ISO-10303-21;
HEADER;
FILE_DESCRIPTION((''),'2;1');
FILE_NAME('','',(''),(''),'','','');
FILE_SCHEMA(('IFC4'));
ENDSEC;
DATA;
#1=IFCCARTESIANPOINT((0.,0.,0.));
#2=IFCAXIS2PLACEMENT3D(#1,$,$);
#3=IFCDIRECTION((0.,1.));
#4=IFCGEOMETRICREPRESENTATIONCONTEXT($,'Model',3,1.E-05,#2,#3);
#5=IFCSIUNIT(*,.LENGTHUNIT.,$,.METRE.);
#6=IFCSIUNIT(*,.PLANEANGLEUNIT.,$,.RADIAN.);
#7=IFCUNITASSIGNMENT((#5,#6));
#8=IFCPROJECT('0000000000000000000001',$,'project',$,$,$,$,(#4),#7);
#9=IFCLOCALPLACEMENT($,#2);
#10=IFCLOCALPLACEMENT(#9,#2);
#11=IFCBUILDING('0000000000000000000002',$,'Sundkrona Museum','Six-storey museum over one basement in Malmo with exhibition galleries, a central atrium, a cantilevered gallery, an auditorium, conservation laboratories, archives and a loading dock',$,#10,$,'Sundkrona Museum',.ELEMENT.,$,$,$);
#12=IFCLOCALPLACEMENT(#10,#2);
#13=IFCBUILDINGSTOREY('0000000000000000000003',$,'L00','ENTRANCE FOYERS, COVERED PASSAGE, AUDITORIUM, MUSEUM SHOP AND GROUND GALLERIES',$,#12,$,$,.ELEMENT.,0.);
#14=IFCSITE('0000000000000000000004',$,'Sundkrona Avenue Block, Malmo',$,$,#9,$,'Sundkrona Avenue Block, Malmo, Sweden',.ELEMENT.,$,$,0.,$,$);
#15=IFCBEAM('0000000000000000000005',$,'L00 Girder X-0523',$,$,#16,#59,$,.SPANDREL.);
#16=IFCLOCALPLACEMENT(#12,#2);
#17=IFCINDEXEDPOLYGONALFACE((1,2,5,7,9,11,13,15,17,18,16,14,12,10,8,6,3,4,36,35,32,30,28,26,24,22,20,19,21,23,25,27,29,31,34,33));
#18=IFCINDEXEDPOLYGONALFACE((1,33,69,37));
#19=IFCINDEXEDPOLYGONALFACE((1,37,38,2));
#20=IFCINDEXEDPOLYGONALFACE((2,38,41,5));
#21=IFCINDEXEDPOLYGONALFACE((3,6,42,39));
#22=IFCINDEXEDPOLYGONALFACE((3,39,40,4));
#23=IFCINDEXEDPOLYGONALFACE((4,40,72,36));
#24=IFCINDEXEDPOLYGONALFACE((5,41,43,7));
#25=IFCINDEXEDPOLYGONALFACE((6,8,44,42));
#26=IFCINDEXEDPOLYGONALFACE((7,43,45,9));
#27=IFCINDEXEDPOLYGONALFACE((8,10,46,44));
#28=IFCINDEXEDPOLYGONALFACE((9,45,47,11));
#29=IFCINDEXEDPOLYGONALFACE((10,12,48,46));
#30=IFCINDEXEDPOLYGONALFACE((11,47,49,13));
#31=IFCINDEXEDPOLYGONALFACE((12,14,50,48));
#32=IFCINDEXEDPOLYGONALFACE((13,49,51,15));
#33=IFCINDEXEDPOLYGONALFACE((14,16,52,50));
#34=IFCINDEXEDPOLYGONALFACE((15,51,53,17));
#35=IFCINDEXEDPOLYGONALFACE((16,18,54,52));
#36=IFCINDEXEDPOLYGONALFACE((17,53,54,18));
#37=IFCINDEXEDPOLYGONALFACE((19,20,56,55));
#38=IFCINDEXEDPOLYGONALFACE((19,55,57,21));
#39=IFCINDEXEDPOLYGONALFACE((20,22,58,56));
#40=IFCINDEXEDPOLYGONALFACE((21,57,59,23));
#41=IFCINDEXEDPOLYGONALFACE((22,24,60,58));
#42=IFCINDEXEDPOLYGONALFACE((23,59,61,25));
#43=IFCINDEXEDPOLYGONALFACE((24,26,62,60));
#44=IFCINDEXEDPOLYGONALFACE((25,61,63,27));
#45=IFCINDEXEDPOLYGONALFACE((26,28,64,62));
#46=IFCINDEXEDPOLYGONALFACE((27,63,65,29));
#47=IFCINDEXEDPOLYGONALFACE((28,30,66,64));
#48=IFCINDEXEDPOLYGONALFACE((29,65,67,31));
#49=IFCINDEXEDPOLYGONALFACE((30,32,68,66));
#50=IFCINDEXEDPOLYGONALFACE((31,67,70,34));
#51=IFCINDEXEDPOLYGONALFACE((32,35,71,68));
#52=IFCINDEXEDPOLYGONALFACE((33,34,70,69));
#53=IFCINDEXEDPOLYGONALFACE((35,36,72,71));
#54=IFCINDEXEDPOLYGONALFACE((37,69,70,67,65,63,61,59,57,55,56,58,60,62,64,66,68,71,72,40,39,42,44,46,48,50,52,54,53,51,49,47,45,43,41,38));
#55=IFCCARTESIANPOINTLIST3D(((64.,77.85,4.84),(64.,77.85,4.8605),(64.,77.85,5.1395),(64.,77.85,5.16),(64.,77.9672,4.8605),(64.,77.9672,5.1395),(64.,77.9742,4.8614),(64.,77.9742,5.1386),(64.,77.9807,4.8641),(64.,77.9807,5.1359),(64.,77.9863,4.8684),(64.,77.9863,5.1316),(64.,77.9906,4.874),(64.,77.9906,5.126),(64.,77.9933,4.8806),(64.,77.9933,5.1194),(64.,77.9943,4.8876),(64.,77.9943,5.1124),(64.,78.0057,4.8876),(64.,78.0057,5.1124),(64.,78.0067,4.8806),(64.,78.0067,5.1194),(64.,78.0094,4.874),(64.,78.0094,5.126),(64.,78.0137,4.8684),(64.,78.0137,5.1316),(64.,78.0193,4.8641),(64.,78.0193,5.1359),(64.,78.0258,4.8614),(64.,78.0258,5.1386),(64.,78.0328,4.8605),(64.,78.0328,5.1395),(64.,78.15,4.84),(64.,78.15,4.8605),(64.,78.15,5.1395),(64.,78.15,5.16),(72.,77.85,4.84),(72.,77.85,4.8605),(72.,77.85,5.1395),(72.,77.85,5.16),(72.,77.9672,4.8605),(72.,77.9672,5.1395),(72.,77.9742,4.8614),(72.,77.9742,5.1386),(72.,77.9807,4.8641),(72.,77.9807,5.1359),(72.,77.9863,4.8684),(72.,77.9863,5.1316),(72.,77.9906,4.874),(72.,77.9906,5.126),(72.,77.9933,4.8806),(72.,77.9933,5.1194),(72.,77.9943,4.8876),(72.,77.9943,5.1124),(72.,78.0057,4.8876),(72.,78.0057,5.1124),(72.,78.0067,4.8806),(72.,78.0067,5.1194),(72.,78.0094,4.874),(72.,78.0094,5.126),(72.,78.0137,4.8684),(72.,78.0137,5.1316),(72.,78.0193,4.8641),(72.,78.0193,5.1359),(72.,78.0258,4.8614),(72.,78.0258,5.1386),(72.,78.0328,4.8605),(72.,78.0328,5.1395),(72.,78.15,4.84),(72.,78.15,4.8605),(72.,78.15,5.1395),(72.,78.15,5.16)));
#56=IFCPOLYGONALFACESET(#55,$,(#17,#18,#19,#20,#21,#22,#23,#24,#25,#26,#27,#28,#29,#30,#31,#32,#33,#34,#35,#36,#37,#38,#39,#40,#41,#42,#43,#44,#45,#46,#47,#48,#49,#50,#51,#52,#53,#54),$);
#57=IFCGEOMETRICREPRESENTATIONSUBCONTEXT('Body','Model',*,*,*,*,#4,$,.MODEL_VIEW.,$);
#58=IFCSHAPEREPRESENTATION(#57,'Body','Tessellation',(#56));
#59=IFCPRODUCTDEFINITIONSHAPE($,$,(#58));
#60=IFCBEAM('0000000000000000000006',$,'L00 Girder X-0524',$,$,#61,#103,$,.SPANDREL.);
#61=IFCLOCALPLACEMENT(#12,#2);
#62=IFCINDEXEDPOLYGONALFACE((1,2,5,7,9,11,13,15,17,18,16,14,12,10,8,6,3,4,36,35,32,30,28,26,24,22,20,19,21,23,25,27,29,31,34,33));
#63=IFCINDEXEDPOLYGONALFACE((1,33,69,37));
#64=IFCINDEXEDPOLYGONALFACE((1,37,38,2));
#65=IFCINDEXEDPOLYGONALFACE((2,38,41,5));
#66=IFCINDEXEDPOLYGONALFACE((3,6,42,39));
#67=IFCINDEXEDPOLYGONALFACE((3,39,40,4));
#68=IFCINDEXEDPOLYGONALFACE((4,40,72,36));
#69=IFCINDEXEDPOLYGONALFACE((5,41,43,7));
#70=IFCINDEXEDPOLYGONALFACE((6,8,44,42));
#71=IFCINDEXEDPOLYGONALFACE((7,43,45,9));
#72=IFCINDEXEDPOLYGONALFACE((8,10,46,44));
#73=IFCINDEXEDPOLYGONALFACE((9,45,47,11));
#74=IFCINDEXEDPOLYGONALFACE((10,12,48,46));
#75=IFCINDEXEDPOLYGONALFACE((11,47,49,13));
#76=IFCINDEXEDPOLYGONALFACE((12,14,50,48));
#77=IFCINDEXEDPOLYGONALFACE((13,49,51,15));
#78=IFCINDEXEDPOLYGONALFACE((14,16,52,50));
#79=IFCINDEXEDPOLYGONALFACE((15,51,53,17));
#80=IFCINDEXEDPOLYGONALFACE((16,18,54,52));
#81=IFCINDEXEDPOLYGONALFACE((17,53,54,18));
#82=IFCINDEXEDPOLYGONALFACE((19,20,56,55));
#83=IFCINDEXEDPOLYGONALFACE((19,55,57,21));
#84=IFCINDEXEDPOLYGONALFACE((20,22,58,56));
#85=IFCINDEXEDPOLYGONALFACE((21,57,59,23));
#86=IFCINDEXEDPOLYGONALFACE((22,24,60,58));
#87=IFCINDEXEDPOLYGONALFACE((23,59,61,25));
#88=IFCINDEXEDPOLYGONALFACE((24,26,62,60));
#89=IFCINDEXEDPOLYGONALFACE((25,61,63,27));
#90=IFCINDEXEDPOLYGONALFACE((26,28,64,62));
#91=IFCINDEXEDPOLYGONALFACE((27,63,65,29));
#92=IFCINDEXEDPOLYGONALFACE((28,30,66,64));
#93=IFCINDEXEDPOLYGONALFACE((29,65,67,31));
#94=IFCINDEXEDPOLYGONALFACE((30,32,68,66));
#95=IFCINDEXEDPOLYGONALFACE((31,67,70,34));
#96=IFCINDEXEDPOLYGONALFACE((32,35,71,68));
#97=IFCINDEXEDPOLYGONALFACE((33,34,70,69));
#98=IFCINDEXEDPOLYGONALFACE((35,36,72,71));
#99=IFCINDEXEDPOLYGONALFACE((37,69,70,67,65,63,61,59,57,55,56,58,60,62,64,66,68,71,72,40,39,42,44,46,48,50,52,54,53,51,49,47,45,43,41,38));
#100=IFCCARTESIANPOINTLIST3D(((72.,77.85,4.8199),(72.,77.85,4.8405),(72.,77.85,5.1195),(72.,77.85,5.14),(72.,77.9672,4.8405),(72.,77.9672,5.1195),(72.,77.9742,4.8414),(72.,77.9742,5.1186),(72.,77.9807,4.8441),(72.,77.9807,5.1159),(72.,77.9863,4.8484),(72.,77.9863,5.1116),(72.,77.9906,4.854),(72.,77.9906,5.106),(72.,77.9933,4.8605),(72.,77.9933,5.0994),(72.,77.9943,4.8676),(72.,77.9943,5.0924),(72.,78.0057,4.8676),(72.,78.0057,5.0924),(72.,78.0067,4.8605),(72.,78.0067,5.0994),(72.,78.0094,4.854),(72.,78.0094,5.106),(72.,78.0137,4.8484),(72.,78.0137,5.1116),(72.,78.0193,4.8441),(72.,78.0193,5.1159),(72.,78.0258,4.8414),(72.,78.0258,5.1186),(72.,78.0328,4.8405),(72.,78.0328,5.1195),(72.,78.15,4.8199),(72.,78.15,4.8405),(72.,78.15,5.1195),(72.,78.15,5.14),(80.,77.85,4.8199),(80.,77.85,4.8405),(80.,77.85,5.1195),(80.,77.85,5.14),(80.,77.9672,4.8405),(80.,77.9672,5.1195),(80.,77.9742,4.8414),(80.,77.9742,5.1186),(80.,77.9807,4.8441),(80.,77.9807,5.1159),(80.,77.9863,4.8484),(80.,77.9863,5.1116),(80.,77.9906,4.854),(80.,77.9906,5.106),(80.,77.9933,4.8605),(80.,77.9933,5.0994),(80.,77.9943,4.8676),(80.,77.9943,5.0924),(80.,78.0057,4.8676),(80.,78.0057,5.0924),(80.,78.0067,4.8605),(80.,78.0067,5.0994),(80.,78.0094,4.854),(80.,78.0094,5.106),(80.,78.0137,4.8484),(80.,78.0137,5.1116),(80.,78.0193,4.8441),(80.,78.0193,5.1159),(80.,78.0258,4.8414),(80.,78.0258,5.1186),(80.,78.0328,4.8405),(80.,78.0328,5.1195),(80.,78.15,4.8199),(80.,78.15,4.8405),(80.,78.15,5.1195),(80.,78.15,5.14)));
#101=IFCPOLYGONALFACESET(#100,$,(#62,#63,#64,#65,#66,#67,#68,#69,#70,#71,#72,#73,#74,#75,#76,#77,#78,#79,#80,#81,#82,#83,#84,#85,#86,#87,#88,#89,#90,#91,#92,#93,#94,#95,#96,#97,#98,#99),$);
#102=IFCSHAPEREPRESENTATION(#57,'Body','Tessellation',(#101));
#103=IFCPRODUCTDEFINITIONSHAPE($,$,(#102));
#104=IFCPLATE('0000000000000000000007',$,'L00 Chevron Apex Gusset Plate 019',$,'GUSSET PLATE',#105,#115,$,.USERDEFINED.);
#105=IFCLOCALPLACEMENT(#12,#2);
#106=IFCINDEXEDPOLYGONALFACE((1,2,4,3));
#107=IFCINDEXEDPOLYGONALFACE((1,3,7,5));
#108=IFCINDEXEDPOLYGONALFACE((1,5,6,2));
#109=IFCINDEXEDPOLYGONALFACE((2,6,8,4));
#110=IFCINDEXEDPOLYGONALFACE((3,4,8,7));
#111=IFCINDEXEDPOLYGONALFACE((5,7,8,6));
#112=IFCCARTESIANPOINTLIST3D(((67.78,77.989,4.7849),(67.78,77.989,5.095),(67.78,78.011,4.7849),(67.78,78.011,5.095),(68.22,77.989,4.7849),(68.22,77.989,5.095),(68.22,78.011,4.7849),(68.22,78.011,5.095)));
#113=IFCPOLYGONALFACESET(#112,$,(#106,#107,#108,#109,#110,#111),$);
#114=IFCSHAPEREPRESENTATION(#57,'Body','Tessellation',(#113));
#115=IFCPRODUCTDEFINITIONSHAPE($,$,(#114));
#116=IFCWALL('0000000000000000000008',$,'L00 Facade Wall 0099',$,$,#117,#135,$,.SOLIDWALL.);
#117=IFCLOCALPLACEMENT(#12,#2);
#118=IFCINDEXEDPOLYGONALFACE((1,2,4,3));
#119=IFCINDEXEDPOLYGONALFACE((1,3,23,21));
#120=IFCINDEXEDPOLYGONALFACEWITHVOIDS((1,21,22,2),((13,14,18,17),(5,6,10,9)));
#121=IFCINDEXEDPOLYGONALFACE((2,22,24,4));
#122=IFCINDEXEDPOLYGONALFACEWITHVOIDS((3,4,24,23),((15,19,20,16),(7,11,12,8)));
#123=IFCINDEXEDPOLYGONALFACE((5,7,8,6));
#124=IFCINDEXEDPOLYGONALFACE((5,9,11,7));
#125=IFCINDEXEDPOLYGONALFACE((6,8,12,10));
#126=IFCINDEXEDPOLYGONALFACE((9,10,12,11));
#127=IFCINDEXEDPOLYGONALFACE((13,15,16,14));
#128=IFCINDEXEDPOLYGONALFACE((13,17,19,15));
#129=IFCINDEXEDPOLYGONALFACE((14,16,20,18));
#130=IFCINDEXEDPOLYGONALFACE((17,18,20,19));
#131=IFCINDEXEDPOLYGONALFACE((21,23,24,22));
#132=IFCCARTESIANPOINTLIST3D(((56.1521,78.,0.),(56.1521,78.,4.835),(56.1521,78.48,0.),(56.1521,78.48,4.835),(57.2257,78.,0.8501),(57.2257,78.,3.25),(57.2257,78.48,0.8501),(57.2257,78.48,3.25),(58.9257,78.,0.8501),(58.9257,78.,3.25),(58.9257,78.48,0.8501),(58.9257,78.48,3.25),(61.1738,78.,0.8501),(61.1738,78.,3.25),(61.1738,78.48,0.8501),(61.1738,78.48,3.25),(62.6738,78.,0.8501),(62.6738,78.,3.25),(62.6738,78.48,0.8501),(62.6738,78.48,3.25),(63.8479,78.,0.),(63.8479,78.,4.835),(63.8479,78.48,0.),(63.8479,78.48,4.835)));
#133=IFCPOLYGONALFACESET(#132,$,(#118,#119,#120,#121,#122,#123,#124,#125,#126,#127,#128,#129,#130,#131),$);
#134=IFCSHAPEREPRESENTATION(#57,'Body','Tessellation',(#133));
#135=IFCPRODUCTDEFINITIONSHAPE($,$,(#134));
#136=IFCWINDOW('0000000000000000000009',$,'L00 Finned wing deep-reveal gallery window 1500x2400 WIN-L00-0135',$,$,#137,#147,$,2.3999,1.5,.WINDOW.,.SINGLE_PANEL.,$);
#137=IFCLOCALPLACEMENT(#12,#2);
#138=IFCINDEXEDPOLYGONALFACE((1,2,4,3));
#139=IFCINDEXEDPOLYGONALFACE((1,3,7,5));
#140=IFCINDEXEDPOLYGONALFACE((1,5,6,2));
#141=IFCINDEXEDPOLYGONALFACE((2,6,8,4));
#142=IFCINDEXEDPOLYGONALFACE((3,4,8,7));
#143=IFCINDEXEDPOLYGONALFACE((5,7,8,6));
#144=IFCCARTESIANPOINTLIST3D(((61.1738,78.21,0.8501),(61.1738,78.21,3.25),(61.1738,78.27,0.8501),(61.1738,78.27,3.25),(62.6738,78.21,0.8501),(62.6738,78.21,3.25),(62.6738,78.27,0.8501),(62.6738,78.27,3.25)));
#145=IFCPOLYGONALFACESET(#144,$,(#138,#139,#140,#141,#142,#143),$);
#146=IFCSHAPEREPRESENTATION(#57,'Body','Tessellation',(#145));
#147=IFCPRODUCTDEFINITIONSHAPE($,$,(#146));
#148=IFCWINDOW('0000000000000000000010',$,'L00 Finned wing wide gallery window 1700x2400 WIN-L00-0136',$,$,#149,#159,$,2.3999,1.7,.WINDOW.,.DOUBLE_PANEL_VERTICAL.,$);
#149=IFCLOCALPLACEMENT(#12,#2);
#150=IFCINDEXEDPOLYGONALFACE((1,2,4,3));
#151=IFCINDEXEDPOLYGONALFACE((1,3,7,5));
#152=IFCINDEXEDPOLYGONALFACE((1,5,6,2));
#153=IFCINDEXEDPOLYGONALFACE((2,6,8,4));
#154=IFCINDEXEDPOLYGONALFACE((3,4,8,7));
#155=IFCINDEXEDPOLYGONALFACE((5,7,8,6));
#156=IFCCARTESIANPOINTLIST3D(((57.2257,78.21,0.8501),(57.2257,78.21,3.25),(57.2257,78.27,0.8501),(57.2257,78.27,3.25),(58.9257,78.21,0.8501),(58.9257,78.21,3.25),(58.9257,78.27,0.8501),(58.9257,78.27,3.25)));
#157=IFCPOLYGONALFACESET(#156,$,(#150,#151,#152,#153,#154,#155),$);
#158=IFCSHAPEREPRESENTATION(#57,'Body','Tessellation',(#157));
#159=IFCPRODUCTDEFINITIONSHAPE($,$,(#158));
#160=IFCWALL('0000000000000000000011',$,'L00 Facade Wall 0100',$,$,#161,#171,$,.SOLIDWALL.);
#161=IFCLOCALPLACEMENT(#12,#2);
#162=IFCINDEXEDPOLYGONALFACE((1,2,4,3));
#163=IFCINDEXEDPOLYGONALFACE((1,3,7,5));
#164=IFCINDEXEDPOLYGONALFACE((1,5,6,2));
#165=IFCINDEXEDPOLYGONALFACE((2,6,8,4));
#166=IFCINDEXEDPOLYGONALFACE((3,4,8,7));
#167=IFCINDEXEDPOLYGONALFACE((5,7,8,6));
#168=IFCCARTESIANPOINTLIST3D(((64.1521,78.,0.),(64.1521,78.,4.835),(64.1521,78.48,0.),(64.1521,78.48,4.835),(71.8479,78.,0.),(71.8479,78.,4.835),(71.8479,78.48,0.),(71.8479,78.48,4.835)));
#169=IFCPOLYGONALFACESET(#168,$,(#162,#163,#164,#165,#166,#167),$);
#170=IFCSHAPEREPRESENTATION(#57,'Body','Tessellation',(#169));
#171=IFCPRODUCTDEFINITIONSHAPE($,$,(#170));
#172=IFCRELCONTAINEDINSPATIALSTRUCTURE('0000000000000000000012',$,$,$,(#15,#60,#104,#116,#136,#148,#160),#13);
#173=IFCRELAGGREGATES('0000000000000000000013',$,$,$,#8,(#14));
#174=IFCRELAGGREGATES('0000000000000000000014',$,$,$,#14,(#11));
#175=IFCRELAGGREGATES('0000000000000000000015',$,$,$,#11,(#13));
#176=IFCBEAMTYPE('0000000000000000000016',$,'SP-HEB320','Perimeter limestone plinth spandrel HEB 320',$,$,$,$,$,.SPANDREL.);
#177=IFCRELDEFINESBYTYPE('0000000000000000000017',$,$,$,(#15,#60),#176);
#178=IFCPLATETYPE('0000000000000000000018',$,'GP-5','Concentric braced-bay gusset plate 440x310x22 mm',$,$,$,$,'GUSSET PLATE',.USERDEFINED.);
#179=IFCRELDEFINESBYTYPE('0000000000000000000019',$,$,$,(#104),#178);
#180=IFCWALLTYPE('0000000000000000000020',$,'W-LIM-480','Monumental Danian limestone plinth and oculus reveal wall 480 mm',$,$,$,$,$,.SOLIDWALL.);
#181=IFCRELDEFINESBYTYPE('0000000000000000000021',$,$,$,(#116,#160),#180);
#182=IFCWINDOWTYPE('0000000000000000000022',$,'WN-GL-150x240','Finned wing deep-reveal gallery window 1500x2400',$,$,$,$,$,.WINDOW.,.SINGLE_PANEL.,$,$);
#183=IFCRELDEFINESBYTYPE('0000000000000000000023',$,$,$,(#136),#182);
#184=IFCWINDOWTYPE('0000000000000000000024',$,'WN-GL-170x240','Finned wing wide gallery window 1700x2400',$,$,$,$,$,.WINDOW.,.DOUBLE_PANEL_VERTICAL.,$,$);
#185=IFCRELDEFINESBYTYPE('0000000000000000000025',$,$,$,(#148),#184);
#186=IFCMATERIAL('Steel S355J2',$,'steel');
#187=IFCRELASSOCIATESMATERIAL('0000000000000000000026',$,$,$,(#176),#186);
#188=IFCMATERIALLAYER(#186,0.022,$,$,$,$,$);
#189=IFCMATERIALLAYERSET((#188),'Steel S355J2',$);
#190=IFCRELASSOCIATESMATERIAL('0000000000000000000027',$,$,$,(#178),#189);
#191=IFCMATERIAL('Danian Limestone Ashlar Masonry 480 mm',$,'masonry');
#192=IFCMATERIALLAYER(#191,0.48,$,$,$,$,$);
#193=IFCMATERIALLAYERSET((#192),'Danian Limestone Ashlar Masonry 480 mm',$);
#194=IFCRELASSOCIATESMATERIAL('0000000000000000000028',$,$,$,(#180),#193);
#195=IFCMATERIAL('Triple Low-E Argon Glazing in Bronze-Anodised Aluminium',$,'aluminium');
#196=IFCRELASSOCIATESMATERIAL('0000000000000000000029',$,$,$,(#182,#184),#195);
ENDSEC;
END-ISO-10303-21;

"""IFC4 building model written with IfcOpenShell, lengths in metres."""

from ifc_helpers import new_model, si_unit, direction, frame, frame_2d, origin, origin_2d, place, context, subcontext, project, spatial, rectangle, i_section, extrude, material, layer, layer_set, material_profile, profile_set, type_object, element, fill, save


model = new_model("IFC4")

# Units and contexts
model_context = context("Model", 3, precision=1e-05, world=origin(), true_north=direction((0.0, 1.0)))
body_context = subcontext(model_context, "Body", "Model", "MODEL_VIEW")
ifc_project = project(units=[si_unit("LENGTHUNIT", "METRE"), si_unit("PLANEANGLEUNIT", "RADIAN")], contexts=[model_context])

# Site, building, storey
site_placement = place(None, origin())
site = spatial("IfcSite", under=ifc_project, at=site_placement, Name="Sundkrona Avenue Block, Malmo", LongName="Sundkrona Avenue Block, Malmo, Sweden", CompositionType="ELEMENT", RefElevation=0.0)
building_placement = place(site_placement, origin())
building = spatial("IfcBuilding", under=site, at=building_placement, Name="Sundkrona Museum", Description="Six-storey museum over one basement in Malmo with exhibition galleries, a central atrium, a cantilevered gallery, an auditorium, conservation laboratories, archives and a loading dock", LongName="Sundkrona Museum", CompositionType="ELEMENT")
storey_placement = place(building_placement, origin())
storey = spatial("IfcBuildingStorey", under=building, at=storey_placement, Name="L00", Description="ENTRANCE FOYERS, COVERED PASSAGE, AUDITORIUM, MUSEUM SHOP AND GROUND GALLERIES", CompositionType="ELEMENT", Elevation=0.0)

# Shared definitions
ifc_material_1 = material(Name="Steel S355J2", Category="steel")

# Beams
ifc_material_profile_1 = material_profile(ifc_material_1, i_section(OverallWidth=0.3, OverallDepth=0.3201, WebThickness=0.0115, FlangeThickness=0.0205, FilletRadius=0.0271, at=origin_2d()), Name="HEB 320")
ifc_profile_set_1 = profile_set([ifc_material_profile_1], Name="Steel S355J2")
beam_type_1 = type_object("IfcBeamType", Name="SP-HEB320", Description="Perimeter limestone plinth spandrel HEB 320", PredefinedType="SPANDREL", material=ifc_profile_set_1)
for number, where, z_axis, x_axis, name in (
    (1, (64.0, 78.0, 5.0), (1.0, 0.0, 0.0), (0.0, 1.0, 0.0), "L00 Girder X-0523"),
    (2, (72.0, 78.0, 4.98), (1.0, 0.0, 0.0), (0.0, 1.0, 0.0), "L00 Girder X-0524"),
):
    element("IfcBeam", number, at=place(storey_placement, frame(where, z_axis=z_axis, x_axis=x_axis)), inside=storey, type_object=beam_type_1, Name=name, PredefinedType="SPANDREL", context=body_context, shape_type="SweptSolid", body=[
        extrude(i_section(OverallWidth=0.3, OverallDepth=0.3201, WebThickness=0.0115, FlangeThickness=0.0205, FilletRadius=0.0271, at=origin_2d()), origin(), (0.0, 0.0, 1.0), 8.0),
    ])

# Plate
ifc_layer_1 = layer(ifc_material_1, 0.022)
ifc_layer_set_1 = layer_set([ifc_layer_1], Name="Steel S355J2")
plate_type = type_object("IfcPlateType", Name="GP-5", Description="Concentric braced-bay gusset plate 440x310x22 mm", ElementType="GUSSET PLATE", PredefinedType="USERDEFINED", material=ifc_layer_set_1)
plate_placement = place(storey_placement, frame((68.0, 78.0, 4.7849), z_axis=(0.0, 0.0, 1.0), x_axis=(1.0, 0.0, 0.0)))
element("IfcPlate", 3, at=plate_placement, inside=storey, type_object=plate_type, Name="L00 Chevron Apex Gusset Plate 019", ObjectType="GUSSET PLATE", PredefinedType="USERDEFINED", context=body_context, shape_type="SweptSolid", body=[
    extrude(rectangle(XDim=0.4399, YDim=0.022, at=origin_2d()), origin(), (0.0, 0.0, 1.0), 0.3101),
])

# Wall, openings, windows
ifc_material_2 = material(Name="Danian Limestone Ashlar Masonry 480 mm", Category="masonry")
ifc_layer_2 = layer(ifc_material_2, 0.48)
ifc_layer_set_2 = layer_set([ifc_layer_2], Name="Danian Limestone Ashlar Masonry 480 mm")
wall_type_1 = type_object("IfcWallType", Name="W-LIM-480", Description="Monumental Danian limestone plinth and oculus reveal wall 480 mm", PredefinedType="SOLIDWALL", material=ifc_layer_set_2)
wall_1_placement = place(storey_placement, frame((63.8479, 78.24, 0.0), z_axis=(0.0, 0.0, 1.0), x_axis=(-1.0, 0.0, 0.0)))
wall_1 = element("IfcWall", 4, at=wall_1_placement, inside=storey, type_object=wall_type_1, Name="L00 Facade Wall 0099", PredefinedType="SOLIDWALL", context=body_context, shape_type="SweptSolid", body=[
    extrude(rectangle(XDim=7.6958, YDim=0.48, at=frame_2d((3.8479, 0.0))), origin(), (0.0, 0.0, 1.0), 4.835),
])
opening_1_placement = place(wall_1_placement, frame((1.1741, 0.0, 0.8501)))
opening_1 = element("IfcOpeningElement", 5, at=opening_1_placement, cuts=wall_1, PredefinedType="OPENING", context=body_context, shape_type="SweptSolid", body=[
    extrude(rectangle(XDim=1.5, YDim=2.3999, at=frame_2d((0.75, 1.2))), frame((0.0, 0.25, 0.0), z_axis=(0.0, -1.0, 0.0), x_axis=(1.0, 0.0, 0.0)), (0.0, 0.0, 1.0), 0.5),
])
opening_2_placement = place(wall_1_placement, frame((4.9221, 0.0, 0.8501)))
opening_2 = element("IfcOpeningElement", 6, at=opening_2_placement, cuts=wall_1, PredefinedType="OPENING", context=body_context, shape_type="SweptSolid", body=[
    extrude(rectangle(XDim=1.7, YDim=2.3999, at=frame_2d((0.8501, 1.2))), frame((0.0, 0.25, 0.0), z_axis=(0.0, -1.0, 0.0), x_axis=(1.0, 0.0, 0.0)), (0.0, 0.0, 1.0), 0.5),
])
ifc_material_3 = material(Name="Triple Low-E Argon Glazing in Bronze-Anodised Aluminium", Category="aluminium")
window_type_1 = type_object("IfcWindowType", Name="WN-GL-150x240", Description="Finned wing deep-reveal gallery window 1500x2400", PartitioningType="SINGLE_PANEL", PredefinedType="WINDOW", material=ifc_material_3)
window_1_placement = place(opening_1_placement, origin())
window_1 = element("IfcWindow", 7, at=window_1_placement, inside=storey, type_object=window_type_1, Name="L00 Finned wing deep-reveal gallery window 1500x2400 WIN-L00-0135", OverallHeight=2.3999, OverallWidth=1.5, PartitioningType="SINGLE_PANEL", PredefinedType="WINDOW", context=body_context, shape_type="SweptSolid", body=[
    extrude(rectangle(XDim=1.5, YDim=2.3999, at=frame_2d((0.75, 1.2))), frame((0.0, 0.03, 0.0), z_axis=(0.0, -1.0, 0.0), x_axis=(1.0, 0.0, 0.0)), (0.0, 0.0, 1.0), 0.0601),
])
fill(opening_1, window_1)
window_type_2 = type_object("IfcWindowType", Name="WN-GL-170x240", Description="Finned wing wide gallery window 1700x2400", PartitioningType="DOUBLE_PANEL_VERTICAL", PredefinedType="WINDOW", material=ifc_material_3)
window_2_placement = place(opening_2_placement, origin())
window_2 = element("IfcWindow", 8, at=window_2_placement, inside=storey, type_object=window_type_2, Name="L00 Finned wing wide gallery window 1700x2400 WIN-L00-0136", OverallHeight=2.3999, OverallWidth=1.7, PartitioningType="DOUBLE_PANEL_VERTICAL", PredefinedType="WINDOW", context=body_context, shape_type="SweptSolid", body=[
    extrude(rectangle(XDim=1.7, YDim=2.3999, at=frame_2d((0.8501, 1.2))), frame((0.0, 0.03, 0.0), z_axis=(0.0, -1.0, 0.0), x_axis=(1.0, 0.0, 0.0)), (0.0, 0.0, 1.0), 0.0601),
])
fill(opening_2, window_2)

# Wall
wall_2_placement = place(storey_placement, frame((71.8479, 78.24, 0.0), z_axis=(0.0, 0.0, 1.0), x_axis=(-1.0, 0.0, 0.0)))
element("IfcWall", 9, at=wall_2_placement, inside=storey, type_object=wall_type_1, Name="L00 Facade Wall 0100", PredefinedType="SOLIDWALL", context=body_context, shape_type="SweptSolid", body=[
    extrude(rectangle(XDim=7.6958, YDim=0.48, at=frame_2d((3.8479, 0.0))), origin(), (0.0, 0.0, 1.0), 4.835),
])

save(model, "model.ifc")
